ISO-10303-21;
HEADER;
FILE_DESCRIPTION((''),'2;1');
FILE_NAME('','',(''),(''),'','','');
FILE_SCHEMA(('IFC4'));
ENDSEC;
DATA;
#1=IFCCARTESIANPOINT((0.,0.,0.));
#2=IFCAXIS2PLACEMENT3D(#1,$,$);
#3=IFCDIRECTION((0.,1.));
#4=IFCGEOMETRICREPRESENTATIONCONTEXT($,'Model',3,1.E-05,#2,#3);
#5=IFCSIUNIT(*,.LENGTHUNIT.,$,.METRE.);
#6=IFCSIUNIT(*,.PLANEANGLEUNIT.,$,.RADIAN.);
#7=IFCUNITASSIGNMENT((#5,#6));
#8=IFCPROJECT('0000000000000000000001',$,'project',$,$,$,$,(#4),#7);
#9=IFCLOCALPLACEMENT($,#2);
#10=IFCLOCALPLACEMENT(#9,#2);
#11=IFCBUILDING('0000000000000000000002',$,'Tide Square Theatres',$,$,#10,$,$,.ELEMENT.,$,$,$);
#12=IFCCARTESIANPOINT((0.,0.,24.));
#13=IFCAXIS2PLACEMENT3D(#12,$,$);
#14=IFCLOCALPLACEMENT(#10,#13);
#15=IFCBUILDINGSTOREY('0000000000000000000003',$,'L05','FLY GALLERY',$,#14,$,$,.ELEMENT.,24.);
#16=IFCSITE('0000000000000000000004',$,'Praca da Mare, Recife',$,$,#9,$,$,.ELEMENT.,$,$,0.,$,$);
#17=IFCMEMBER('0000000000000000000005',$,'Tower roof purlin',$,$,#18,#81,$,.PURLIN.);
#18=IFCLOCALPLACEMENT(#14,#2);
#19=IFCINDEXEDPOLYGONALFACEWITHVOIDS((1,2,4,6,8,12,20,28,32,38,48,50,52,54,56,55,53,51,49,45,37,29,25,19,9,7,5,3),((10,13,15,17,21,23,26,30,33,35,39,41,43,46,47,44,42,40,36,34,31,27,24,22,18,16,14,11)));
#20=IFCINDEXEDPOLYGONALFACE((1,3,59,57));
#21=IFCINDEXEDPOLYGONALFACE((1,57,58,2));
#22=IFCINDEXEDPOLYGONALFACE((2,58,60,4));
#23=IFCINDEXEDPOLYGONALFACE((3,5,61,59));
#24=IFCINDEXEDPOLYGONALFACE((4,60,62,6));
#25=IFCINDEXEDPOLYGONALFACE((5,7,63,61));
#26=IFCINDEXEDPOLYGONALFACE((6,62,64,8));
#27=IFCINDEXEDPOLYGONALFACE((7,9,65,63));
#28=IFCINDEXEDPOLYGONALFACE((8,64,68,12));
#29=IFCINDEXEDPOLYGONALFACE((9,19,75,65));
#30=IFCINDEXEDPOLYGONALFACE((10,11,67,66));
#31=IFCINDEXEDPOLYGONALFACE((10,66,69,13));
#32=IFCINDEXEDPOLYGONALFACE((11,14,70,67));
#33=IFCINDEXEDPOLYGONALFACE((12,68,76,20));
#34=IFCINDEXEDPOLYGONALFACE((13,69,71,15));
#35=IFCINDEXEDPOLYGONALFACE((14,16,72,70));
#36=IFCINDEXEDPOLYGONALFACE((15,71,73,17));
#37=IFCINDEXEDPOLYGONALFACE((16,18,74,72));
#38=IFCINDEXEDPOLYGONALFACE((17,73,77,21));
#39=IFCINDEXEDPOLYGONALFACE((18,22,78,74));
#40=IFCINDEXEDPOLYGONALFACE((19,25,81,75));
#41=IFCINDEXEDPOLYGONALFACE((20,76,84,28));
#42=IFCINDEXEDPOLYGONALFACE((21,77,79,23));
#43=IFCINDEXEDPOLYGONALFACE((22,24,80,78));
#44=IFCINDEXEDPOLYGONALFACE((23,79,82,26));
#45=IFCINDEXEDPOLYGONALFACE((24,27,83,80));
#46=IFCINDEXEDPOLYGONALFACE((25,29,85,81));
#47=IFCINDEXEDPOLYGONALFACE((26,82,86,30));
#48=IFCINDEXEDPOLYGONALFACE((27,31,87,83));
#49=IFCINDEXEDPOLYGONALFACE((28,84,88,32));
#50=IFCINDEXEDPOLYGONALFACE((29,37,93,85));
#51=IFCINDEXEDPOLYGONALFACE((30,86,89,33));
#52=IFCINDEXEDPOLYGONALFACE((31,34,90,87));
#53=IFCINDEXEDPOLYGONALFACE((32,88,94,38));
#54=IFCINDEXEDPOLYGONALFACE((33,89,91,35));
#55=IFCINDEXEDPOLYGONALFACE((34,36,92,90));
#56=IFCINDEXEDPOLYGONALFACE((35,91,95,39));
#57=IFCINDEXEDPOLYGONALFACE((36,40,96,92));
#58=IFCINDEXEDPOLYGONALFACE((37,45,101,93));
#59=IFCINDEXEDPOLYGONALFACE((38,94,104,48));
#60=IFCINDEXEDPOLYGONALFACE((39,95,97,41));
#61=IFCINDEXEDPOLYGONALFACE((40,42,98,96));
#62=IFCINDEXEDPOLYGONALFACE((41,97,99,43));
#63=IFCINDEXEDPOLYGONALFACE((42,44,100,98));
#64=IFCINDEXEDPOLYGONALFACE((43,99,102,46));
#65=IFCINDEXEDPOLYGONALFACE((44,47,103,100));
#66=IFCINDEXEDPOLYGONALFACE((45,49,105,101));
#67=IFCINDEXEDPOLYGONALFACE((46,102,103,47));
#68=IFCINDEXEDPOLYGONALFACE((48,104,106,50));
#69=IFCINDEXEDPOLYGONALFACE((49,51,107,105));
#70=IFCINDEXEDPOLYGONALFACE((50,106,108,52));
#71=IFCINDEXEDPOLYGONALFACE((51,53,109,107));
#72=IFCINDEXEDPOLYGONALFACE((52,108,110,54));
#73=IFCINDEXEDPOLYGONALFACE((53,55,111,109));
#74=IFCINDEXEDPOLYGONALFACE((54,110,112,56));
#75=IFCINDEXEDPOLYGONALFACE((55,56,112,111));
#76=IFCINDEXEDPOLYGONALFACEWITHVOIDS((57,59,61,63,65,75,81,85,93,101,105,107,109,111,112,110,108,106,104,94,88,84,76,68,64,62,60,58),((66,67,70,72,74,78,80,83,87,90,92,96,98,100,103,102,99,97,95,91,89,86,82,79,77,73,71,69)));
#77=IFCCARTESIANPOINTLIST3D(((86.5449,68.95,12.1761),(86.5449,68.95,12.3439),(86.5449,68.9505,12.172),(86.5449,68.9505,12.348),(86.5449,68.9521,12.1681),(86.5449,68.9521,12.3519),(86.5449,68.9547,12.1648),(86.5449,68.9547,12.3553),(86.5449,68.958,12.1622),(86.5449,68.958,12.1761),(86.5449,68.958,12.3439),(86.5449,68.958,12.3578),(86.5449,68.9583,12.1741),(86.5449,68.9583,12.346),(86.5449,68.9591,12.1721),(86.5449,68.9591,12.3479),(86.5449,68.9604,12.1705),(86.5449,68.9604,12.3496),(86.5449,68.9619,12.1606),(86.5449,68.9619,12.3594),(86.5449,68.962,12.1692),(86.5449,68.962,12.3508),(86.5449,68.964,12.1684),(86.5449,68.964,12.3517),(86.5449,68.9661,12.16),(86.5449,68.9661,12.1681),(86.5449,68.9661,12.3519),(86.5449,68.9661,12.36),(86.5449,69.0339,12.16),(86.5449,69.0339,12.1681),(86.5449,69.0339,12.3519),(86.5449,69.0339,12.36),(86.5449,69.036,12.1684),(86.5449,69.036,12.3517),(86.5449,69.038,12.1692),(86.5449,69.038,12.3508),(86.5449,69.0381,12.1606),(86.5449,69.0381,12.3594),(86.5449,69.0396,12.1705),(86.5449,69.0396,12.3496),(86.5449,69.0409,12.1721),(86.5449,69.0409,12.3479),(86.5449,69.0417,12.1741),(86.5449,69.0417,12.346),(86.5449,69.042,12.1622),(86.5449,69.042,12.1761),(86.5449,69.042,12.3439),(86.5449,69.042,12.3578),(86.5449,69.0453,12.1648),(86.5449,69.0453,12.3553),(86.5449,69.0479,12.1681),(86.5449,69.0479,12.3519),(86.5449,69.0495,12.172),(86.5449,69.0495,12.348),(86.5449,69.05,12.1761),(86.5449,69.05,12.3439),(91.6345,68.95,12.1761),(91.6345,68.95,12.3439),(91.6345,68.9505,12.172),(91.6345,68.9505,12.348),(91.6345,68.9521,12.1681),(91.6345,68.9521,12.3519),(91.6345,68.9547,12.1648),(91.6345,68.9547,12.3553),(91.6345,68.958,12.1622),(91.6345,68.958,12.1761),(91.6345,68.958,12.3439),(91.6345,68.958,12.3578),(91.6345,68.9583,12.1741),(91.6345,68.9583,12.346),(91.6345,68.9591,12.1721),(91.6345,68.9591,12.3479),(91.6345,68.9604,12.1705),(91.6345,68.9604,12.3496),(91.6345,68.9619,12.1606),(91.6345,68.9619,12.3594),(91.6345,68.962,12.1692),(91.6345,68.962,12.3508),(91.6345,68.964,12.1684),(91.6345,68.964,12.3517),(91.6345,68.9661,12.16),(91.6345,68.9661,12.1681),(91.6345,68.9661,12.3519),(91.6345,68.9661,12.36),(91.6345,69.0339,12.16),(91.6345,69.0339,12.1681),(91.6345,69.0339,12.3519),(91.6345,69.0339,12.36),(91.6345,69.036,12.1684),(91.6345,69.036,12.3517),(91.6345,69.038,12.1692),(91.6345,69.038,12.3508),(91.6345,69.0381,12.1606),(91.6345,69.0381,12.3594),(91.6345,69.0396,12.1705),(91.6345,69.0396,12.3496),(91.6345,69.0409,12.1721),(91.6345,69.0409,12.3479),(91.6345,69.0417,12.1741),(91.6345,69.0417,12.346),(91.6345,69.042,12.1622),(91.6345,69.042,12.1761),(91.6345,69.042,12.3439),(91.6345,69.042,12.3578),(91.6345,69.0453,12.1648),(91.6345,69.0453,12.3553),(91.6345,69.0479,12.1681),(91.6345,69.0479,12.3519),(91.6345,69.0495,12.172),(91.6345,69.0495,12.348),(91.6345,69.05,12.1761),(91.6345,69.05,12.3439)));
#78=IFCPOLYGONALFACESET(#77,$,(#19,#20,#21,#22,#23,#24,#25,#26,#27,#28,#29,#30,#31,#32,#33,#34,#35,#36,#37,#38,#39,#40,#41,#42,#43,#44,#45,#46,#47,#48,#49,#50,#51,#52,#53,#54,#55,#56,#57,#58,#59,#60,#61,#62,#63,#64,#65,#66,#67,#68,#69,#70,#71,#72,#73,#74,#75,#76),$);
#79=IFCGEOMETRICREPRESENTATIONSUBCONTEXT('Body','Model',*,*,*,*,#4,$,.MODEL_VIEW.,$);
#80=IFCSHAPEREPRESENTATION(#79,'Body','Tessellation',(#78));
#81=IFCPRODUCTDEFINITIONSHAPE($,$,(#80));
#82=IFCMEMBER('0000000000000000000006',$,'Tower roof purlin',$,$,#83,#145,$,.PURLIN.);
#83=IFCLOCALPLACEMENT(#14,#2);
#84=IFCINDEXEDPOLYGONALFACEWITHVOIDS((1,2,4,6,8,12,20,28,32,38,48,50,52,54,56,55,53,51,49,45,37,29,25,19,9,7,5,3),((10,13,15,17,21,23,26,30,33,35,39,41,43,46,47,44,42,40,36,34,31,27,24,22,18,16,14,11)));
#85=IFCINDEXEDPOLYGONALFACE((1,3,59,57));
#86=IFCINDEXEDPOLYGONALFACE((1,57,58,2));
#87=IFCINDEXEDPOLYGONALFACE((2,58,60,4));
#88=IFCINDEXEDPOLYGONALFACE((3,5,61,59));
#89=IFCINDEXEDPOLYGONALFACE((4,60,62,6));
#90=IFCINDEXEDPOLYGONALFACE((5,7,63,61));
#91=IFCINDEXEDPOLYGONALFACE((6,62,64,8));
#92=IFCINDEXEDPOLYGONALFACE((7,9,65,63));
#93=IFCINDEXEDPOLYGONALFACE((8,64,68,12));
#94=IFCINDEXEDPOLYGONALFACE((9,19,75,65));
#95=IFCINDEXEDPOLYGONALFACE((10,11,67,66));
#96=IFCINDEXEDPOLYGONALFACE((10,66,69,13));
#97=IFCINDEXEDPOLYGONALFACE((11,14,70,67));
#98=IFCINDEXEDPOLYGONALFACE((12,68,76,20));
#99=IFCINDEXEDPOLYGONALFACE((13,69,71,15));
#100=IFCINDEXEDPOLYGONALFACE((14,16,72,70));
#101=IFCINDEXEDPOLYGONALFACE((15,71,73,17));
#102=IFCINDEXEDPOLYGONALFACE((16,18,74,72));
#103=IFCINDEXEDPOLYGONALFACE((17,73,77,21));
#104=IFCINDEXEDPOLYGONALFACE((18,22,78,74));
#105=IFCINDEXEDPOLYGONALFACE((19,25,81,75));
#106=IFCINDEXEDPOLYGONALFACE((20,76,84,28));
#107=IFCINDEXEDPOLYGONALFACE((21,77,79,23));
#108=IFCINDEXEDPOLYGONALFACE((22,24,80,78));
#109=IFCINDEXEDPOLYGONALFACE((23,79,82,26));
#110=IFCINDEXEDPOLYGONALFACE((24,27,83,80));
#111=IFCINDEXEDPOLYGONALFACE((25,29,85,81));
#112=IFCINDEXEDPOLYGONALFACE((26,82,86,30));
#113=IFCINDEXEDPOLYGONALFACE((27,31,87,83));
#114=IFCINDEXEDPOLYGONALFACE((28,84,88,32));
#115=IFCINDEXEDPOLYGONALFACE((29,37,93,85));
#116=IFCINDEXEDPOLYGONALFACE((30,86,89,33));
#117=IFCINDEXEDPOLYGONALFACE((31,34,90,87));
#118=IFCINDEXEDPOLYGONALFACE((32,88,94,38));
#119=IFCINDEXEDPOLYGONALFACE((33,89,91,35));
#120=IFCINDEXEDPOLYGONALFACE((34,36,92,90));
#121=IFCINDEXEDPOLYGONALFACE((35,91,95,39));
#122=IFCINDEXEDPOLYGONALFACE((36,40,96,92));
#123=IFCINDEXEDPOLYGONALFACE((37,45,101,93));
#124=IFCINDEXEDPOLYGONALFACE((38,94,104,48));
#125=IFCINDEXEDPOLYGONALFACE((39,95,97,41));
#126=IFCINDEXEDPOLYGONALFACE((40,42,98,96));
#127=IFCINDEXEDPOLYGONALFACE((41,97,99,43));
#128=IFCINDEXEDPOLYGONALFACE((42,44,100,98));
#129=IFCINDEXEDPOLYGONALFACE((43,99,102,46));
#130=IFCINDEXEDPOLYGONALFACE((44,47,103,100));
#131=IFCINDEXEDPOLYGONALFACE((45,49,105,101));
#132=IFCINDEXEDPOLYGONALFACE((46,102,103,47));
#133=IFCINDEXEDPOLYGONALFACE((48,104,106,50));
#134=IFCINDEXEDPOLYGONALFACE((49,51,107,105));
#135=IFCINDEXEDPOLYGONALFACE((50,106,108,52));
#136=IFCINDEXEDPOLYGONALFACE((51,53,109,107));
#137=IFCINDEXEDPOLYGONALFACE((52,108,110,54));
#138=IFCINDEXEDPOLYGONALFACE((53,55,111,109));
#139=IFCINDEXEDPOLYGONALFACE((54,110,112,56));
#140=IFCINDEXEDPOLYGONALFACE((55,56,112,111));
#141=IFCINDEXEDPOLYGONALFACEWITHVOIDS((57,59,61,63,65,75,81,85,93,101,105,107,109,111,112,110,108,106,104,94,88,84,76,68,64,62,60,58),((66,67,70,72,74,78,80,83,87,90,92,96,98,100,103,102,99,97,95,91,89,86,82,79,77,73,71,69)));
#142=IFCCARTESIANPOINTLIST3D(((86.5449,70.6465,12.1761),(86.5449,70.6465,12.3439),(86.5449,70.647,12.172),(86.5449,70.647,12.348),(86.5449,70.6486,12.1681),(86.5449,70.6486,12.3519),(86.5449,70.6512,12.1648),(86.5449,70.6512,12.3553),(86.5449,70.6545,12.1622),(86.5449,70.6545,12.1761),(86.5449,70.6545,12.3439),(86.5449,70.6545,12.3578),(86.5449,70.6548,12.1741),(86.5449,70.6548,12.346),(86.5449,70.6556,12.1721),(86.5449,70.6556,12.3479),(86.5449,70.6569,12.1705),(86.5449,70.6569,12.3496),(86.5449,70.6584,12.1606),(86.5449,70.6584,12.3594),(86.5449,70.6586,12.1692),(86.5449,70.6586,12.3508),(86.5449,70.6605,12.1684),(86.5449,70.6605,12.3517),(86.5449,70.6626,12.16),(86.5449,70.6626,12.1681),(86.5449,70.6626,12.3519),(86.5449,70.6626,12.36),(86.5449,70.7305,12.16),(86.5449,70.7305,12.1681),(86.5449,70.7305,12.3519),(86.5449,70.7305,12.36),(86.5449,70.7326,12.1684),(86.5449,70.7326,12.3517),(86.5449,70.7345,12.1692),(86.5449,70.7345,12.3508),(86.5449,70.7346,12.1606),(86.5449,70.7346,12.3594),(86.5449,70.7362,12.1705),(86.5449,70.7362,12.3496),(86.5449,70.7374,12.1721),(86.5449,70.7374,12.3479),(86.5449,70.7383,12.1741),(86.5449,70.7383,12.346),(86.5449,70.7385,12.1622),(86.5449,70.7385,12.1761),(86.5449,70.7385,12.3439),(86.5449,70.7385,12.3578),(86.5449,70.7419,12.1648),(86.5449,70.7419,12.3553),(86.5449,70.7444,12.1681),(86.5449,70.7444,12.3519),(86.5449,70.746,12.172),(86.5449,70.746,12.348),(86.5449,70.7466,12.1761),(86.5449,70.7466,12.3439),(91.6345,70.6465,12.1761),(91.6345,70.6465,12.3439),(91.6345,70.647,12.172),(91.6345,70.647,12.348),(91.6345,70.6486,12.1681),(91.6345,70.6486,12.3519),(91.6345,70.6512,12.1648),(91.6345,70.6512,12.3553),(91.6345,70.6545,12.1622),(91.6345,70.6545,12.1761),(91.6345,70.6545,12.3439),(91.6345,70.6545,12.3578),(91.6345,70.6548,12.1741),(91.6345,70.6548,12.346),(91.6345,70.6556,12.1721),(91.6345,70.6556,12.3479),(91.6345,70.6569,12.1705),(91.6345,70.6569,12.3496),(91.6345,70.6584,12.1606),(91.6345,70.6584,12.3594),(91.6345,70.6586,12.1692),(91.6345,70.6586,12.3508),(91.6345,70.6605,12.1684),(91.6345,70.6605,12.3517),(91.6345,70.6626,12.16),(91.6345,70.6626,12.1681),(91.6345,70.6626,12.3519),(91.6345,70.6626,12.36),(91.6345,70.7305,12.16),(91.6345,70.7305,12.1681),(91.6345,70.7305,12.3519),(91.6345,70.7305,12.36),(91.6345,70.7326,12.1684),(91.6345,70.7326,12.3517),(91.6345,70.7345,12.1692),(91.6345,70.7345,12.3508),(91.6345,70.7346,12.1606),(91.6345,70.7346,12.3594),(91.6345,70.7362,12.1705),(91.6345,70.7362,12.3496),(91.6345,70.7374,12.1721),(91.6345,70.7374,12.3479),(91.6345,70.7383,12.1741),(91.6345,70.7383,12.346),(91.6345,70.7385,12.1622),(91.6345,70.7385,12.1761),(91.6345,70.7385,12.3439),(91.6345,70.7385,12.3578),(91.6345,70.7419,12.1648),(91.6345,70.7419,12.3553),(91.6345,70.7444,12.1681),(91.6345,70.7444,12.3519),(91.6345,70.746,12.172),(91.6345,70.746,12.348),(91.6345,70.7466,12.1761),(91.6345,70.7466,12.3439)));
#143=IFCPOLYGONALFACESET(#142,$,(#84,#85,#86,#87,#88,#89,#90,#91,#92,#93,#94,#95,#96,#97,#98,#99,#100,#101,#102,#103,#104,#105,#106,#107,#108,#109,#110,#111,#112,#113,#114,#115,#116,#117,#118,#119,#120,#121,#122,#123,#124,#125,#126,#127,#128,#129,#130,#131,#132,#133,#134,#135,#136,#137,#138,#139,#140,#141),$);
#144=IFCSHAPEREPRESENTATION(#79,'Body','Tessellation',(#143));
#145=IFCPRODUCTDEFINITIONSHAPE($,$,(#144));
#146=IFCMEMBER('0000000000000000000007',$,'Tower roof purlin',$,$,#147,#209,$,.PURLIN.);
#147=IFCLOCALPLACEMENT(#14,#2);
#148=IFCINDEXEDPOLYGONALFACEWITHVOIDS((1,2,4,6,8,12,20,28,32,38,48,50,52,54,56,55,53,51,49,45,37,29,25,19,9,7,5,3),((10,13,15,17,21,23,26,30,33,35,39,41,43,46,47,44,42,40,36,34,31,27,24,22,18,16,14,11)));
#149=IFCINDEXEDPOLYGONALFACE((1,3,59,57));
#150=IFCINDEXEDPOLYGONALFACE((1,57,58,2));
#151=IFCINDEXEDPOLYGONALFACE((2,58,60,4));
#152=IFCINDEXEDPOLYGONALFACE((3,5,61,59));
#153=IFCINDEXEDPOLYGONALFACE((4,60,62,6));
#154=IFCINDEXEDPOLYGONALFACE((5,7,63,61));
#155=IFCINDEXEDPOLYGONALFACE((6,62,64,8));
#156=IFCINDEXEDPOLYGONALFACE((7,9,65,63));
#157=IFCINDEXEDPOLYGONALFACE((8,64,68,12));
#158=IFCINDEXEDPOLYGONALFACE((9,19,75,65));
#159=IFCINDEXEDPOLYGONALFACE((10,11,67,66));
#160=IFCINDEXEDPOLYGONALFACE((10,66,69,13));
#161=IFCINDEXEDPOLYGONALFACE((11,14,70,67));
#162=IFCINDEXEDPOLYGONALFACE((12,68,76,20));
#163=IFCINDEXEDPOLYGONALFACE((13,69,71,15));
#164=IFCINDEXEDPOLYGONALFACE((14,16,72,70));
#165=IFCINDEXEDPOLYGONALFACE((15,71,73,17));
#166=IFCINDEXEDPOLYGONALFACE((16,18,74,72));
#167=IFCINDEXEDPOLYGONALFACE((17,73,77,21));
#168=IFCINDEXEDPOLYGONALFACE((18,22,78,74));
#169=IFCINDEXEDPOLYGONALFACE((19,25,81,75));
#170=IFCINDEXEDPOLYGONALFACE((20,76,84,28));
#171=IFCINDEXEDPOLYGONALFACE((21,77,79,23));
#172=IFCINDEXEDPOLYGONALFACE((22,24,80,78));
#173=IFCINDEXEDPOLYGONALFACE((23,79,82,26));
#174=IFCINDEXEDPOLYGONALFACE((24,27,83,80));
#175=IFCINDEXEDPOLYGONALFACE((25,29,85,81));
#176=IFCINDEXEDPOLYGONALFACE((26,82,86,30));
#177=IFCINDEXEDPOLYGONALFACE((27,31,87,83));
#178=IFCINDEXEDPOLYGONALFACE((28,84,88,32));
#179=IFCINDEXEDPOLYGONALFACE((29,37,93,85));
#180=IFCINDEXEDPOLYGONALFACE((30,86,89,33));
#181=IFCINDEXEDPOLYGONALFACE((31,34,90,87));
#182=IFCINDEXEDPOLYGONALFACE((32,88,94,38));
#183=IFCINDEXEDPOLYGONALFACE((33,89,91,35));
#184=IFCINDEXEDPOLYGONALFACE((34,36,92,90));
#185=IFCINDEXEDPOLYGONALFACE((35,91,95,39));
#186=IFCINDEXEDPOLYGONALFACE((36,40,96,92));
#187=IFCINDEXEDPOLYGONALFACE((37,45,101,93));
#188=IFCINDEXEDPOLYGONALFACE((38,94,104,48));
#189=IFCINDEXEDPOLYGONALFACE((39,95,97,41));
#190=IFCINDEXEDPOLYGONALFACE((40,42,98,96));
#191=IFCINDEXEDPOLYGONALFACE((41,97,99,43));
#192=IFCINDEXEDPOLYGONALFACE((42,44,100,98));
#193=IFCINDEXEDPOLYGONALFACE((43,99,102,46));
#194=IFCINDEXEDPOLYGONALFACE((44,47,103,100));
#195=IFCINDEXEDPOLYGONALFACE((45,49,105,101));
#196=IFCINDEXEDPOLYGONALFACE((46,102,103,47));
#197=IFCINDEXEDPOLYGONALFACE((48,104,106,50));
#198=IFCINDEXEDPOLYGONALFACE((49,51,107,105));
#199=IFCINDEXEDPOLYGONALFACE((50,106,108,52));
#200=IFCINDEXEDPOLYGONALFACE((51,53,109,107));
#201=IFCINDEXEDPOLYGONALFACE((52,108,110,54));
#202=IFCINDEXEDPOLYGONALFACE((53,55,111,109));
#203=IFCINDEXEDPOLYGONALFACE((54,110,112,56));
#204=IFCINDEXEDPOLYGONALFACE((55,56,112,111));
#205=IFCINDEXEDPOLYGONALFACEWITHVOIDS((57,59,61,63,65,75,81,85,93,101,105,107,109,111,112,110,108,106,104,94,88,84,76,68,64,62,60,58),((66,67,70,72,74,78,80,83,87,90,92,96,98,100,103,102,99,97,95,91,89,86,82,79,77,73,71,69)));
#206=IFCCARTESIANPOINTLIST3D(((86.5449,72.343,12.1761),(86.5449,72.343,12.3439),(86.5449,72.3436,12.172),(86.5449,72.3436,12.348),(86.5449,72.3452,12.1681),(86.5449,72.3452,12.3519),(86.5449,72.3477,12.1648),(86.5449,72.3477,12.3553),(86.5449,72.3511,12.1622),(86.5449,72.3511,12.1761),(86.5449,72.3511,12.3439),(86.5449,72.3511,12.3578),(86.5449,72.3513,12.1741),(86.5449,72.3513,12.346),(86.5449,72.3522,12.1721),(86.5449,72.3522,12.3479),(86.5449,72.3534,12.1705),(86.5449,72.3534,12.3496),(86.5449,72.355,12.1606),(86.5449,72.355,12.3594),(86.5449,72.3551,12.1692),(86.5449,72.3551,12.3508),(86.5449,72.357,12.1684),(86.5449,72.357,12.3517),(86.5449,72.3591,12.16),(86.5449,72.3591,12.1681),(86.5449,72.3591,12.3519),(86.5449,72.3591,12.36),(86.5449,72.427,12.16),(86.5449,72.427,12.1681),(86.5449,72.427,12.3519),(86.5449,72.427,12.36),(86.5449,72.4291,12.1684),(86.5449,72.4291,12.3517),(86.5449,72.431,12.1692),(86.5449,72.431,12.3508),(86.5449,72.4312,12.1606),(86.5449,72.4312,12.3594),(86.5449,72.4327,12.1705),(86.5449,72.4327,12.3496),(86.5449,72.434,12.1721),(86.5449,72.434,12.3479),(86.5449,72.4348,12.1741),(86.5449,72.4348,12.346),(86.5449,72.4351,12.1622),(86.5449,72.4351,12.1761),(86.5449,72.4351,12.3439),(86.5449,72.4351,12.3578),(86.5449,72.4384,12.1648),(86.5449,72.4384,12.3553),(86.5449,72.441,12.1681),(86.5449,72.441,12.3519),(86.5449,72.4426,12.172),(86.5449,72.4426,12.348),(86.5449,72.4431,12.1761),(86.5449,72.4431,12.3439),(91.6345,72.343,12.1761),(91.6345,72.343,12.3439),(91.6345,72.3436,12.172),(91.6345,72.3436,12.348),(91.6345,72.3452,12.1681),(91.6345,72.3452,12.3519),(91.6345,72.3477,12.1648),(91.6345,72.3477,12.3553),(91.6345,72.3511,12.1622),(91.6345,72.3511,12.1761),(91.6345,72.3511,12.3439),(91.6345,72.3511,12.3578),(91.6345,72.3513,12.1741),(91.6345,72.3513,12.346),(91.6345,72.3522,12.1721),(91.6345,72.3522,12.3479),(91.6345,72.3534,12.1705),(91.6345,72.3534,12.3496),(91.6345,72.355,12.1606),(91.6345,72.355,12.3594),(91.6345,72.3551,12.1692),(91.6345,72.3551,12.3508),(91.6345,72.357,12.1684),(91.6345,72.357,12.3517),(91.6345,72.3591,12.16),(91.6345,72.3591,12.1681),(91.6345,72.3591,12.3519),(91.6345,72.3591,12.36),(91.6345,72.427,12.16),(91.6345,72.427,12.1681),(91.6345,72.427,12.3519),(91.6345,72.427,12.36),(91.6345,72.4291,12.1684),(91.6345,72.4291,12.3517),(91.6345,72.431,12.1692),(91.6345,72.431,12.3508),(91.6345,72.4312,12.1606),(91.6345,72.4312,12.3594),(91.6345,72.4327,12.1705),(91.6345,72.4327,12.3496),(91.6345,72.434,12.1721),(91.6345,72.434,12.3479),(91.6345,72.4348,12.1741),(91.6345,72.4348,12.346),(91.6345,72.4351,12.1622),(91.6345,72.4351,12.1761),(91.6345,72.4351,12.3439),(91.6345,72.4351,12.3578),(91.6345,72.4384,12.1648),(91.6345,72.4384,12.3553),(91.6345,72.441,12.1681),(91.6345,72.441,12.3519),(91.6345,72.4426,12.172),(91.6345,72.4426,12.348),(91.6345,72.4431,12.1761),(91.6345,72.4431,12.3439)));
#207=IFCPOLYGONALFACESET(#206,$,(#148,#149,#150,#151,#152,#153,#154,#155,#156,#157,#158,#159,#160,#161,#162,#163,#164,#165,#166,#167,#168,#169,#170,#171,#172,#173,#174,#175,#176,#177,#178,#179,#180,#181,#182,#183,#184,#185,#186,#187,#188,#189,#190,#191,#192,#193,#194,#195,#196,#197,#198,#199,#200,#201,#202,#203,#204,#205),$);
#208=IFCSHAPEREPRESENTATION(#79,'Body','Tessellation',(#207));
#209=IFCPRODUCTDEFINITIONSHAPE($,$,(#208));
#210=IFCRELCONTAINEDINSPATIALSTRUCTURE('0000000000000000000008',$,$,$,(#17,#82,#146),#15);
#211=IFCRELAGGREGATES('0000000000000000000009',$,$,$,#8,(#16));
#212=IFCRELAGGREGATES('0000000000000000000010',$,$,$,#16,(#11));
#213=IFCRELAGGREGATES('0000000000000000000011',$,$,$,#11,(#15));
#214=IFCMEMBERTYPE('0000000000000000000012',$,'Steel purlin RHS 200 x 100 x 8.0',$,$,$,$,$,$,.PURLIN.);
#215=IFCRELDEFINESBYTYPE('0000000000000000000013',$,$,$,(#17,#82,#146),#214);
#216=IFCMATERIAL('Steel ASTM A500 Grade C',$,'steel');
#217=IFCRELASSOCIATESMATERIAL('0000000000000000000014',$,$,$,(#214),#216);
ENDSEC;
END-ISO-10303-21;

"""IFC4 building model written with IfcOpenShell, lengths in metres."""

from ifc_helpers import new_model, si_unit, direction, frame, origin, origin_2d, place, context, subcontext, project, spatial, hollow_rectangle, extrude, material, material_profile, profile_set, type_object, element, save


model = new_model("IFC4")

# Units and contexts
model_context = context("Model", 3, precision=1e-05, world=origin(), true_north=direction((0.0, 1.0)))
body_context = subcontext(model_context, "Body", "Model", "MODEL_VIEW")
ifc_project = project(units=[si_unit("LENGTHUNIT", "METRE"), si_unit("PLANEANGLEUNIT", "RADIAN")], contexts=[model_context])

# Site, building, storey
site_placement = place(None, origin())
site = spatial("IfcSite", under=ifc_project, at=site_placement, Name="Praca da Mare, Recife", CompositionType="ELEMENT", RefElevation=0.0)
building_placement = place(site_placement, origin())
building = spatial("IfcBuilding", under=site, at=building_placement, Name="Tide Square Theatres", CompositionType="ELEMENT")
storey_placement = place(building_placement, frame((0.0, 0.0, 24.0)))
storey = spatial("IfcBuildingStorey", under=building, at=storey_placement, Name="L05", Description="FLY GALLERY", CompositionType="ELEMENT", Elevation=24.0)

# Members
ifc_material_1 = material(Name="Steel ASTM A500 Grade C", Category="steel")
ifc_material_profile_1 = material_profile(ifc_material_1, hollow_rectangle(XDim=0.1001, YDim=0.2, WallThickness=0.0081, InnerFilletRadius=0.0081, OuterFilletRadius=0.0161, at=origin_2d()))
ifc_profile_set_1 = profile_set([ifc_material_profile_1], Name="Steel ASTM A500 Grade C")
member_type = type_object("IfcMemberType", Name="Steel purlin RHS 200 x 100 x 8.0", PredefinedType="PURLIN", material=ifc_profile_set_1)
for number, where, z_axis, x_axis, name in (
    (1, (86.5449, 69.0, 12.26), (1.0, 0.0, 0.0), (0.0, 1.0, 0.0), "Tower roof purlin"),
    (2, (86.5449, 70.6965, 12.26), (1.0, 0.0, 0.0), (0.0, 1.0, 0.0), "Tower roof purlin"),
    (3, (86.5449, 72.3931, 12.26), (1.0, 0.0, 0.0), (0.0, 1.0, 0.0), "Tower roof purlin"),
):
    element("IfcMember", number, at=place(storey_placement, frame(where, z_axis=z_axis, x_axis=x_axis)), inside=storey, type_object=member_type, Name=name, PredefinedType="PURLIN", context=body_context, shape_type="SweptSolid", body=[
        extrude(hollow_rectangle(XDim=0.1001, YDim=0.2, WallThickness=0.0081, InnerFilletRadius=0.0081, OuterFilletRadius=0.0161, at=origin_2d()), origin(), (0.0, 0.0, 1.0), 5.0896),
    ])

save(model, "model.ifc")
